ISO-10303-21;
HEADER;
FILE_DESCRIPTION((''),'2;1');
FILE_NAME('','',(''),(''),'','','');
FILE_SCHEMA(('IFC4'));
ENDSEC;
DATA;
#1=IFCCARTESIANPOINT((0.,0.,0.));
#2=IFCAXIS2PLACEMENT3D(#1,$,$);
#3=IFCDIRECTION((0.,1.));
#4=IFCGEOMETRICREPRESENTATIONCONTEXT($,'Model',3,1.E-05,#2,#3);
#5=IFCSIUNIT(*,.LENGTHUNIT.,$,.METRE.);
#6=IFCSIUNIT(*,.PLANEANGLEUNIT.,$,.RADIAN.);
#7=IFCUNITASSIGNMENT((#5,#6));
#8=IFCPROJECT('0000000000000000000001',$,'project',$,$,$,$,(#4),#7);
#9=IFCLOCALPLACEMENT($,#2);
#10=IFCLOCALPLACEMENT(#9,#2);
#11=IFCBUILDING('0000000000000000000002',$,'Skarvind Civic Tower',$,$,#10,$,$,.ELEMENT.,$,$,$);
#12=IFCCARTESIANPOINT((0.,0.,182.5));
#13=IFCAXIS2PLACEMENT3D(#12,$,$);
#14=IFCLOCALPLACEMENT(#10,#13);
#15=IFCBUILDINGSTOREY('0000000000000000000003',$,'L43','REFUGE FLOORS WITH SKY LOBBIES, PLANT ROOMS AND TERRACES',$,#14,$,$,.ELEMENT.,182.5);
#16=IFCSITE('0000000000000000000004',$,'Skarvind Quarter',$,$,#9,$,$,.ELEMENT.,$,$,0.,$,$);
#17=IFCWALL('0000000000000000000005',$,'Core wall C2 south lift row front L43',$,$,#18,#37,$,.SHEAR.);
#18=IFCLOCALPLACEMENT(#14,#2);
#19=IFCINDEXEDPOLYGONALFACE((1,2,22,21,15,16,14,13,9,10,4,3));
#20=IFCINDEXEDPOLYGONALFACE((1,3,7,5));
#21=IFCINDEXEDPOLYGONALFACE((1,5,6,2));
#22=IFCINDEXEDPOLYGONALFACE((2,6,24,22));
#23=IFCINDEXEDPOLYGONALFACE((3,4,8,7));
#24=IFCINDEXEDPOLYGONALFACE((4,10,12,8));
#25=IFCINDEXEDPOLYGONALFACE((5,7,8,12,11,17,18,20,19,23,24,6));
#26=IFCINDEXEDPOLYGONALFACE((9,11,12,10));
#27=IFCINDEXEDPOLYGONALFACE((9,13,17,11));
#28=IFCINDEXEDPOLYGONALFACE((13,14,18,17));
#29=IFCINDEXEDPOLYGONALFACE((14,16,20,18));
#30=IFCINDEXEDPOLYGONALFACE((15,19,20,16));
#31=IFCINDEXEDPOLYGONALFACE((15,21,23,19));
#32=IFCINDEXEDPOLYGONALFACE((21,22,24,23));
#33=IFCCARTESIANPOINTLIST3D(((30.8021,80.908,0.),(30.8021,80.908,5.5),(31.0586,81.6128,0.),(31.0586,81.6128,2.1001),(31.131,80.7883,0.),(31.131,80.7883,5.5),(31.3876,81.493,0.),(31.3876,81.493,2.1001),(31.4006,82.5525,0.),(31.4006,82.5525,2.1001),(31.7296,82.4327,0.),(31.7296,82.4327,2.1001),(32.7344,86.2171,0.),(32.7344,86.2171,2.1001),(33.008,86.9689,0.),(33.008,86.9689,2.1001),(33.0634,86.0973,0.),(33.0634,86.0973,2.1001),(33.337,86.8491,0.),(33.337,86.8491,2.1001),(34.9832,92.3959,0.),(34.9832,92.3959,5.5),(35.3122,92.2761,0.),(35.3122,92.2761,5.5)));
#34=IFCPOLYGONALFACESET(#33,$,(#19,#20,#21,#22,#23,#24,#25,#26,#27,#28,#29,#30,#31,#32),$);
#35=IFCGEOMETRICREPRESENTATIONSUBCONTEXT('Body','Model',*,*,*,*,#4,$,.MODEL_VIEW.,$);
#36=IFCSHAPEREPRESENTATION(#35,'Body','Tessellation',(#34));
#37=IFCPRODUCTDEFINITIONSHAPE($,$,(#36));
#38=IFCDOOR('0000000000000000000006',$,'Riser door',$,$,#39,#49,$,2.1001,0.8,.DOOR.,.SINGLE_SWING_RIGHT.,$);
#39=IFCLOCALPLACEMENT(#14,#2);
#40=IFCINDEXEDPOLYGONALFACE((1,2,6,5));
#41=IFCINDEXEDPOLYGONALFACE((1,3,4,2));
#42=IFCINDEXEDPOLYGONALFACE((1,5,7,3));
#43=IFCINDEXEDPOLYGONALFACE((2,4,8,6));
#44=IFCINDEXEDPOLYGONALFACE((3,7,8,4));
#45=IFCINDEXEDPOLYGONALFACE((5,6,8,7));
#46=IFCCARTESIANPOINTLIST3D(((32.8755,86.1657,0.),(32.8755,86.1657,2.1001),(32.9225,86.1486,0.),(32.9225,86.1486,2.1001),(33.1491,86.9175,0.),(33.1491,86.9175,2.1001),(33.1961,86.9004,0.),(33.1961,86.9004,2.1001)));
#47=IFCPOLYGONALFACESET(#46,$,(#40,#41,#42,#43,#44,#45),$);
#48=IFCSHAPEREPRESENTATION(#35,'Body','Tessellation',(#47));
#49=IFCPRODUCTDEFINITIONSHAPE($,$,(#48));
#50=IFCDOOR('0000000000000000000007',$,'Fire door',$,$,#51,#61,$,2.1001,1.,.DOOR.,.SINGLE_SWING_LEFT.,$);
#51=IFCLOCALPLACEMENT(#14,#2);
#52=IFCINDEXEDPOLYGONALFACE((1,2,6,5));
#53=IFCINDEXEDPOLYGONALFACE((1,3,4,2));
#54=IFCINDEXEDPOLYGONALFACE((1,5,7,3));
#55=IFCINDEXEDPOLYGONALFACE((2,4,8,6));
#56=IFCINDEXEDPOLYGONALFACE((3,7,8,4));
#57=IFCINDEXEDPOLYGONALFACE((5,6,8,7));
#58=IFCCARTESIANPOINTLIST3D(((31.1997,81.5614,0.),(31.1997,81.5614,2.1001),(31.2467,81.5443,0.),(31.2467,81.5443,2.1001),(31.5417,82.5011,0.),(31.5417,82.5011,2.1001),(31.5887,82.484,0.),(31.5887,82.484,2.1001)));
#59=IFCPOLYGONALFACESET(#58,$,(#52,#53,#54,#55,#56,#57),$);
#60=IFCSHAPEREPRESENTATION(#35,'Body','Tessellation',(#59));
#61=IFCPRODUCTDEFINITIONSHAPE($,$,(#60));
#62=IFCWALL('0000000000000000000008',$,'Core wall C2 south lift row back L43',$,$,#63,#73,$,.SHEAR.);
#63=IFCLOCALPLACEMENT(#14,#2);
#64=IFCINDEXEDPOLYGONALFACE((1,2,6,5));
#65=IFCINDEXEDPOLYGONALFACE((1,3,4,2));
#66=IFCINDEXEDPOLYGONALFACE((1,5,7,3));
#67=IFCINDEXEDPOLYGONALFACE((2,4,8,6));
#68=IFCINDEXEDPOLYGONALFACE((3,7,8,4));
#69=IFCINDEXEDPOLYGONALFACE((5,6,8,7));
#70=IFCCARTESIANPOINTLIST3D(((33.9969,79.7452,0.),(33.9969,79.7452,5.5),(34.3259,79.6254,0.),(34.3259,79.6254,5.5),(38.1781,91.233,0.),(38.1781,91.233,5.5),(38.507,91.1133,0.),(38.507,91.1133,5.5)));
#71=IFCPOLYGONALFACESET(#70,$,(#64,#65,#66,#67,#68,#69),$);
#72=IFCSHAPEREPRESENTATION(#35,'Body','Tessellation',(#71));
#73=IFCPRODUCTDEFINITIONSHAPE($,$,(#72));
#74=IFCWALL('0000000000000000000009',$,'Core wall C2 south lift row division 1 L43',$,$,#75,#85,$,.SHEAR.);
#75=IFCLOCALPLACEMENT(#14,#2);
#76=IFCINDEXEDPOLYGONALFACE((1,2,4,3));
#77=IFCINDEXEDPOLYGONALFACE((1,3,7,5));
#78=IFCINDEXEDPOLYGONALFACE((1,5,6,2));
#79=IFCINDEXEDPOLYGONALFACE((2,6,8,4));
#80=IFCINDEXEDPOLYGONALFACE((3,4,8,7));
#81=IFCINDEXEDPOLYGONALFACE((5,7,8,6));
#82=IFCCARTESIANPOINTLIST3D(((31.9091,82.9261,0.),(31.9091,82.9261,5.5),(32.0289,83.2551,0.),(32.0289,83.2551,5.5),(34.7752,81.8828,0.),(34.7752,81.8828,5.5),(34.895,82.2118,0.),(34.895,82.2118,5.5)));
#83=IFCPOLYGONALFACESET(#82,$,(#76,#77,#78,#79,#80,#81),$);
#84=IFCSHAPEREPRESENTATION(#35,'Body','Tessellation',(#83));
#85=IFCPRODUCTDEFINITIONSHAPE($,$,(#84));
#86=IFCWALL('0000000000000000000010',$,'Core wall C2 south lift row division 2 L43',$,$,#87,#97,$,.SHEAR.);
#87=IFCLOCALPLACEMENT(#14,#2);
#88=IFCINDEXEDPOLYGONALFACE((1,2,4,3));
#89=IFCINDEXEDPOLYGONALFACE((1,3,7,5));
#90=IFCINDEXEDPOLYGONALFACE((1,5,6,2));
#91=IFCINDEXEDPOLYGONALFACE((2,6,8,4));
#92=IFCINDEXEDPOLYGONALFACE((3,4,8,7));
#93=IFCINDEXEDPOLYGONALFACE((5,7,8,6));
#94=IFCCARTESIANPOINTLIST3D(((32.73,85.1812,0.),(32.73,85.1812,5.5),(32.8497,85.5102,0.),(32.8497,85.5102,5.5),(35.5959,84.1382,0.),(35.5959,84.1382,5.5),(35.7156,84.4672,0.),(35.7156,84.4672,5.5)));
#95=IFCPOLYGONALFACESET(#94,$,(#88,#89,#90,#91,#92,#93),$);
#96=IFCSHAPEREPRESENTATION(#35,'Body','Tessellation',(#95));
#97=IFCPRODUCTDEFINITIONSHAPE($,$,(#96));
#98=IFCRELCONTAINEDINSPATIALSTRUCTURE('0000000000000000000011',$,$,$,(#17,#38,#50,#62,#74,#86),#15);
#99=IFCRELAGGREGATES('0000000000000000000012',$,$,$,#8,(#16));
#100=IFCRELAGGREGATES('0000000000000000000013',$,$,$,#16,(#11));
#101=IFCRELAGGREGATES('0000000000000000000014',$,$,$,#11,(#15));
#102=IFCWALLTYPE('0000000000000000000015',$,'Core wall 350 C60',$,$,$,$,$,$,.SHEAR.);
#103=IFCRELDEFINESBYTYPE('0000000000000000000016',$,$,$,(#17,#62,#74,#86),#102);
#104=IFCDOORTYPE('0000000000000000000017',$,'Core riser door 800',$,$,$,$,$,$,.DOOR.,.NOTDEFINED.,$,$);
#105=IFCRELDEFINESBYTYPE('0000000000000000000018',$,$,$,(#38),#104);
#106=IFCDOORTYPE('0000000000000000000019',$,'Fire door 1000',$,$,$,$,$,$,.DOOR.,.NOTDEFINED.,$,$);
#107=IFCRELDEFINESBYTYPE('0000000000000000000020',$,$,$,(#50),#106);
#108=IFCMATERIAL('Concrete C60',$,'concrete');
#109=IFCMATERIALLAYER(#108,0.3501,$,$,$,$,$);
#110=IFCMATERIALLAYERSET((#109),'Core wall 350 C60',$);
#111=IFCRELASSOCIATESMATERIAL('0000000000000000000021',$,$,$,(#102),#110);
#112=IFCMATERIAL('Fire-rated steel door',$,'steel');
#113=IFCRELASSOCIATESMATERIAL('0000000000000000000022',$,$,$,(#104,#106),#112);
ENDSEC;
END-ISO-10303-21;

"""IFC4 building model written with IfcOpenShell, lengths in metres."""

from ifc_helpers import new_model, si_unit, direction, frame, frame_2d, origin, place, context, subcontext, project, spatial, rectangle, extrude, material, layer, layer_set, type_object, element, fill, save


model = new_model("IFC4")

# Units and contexts
model_context = context("Model", 3, precision=1e-05, world=origin(), true_north=direction((0.0, 1.0)))
body_context = subcontext(model_context, "Body", "Model", "MODEL_VIEW")
ifc_project = project(units=[si_unit("LENGTHUNIT", "METRE"), si_unit("PLANEANGLEUNIT", "RADIAN")], contexts=[model_context])

# Site, building, storey
site_placement = place(None, origin())
site = spatial("IfcSite", under=ifc_project, at=site_placement, Name="Skarvind Quarter", CompositionType="ELEMENT", RefElevation=0.0)
building_placement = place(site_placement, origin())
building = spatial("IfcBuilding", under=site, at=building_placement, Name="Skarvind Civic Tower", CompositionType="ELEMENT")
storey_placement = place(building_placement, frame((0.0, 0.0, 182.5)))
storey = spatial("IfcBuildingStorey", under=building, at=storey_placement, Name="L43", Description="REFUGE FLOORS WITH SKY LOBBIES, PLANT ROOMS AND TERRACES", CompositionType="ELEMENT", Elevation=182.5)

# Wall, openings, doors
ifc_material_1 = material(Name="Concrete C60", Category="concrete")
ifc_layer_1 = layer(ifc_material_1, 0.3501)
ifc_layer_set_1 = layer_set([ifc_layer_1], Name="Core wall 350 C60")
wall_type_1 = type_object("IfcWallType", Name="Core wall 350 C60", PredefinedType="SHEAR", material=ifc_layer_set_1)
wall_1_placement = place(storey_placement, frame((30.9666, 80.8481, 0.0), z_axis=(0.0, 0.0, 1.0), x_axis=(0.342016, 0.939694, 0.0)))
wall_1 = element("IfcWall", 1, at=wall_1_placement, inside=storey, type_object=wall_type_1, Name="Core wall C2 south lift row front L43", PredefinedType="SHEAR", context=body_context, shape_type="SweptSolid", body=[
    extrude(rectangle(XDim=12.2251, YDim=0.3501, at=frame_2d((6.1125, 0.0))), origin(), (0.0, 0.0, 1.0), 5.5),
])
opening_1_placement = place(wall_1_placement, frame((0.75, 0.0, 0.0)))
opening_1 = element("IfcOpeningElement", 2, at=opening_1_placement, cuts=wall_1, PredefinedType="OPENING", context=body_context, shape_type="SweptSolid", body=[
    extrude(rectangle(XDim=1.0, YDim=2.1001, at=frame_2d((0.5, 1.05))), frame((0.0, 0.1851, 0.0), z_axis=(0.0, -1.0, 0.0), x_axis=(1.0, 0.0, 0.0)), (0.0, 0.0, 1.0), 0.3701),
])
opening_2_placement = place(wall_1_placement, frame((5.6499, 0.0, 0.0)))
opening_2 = element("IfcOpeningElement", 3, at=opening_2_placement, cuts=wall_1, PredefinedType="OPENING", context=body_context, shape_type="SweptSolid", body=[
    extrude(rectangle(XDim=0.8, YDim=2.1001, at=frame_2d((0.3999, 1.05))), frame((0.0, 0.1851, 0.0), z_axis=(0.0, -1.0, 0.0), x_axis=(1.0, 0.0, 0.0)), (0.0, 0.0, 1.0), 0.3701),
])
ifc_material_2 = material(Name="Fire-rated steel door", Category="steel")
door_type_1 = type_object("IfcDoorType", Name="Core riser door 800", OperationType="NOTDEFINED", PredefinedType="DOOR", material=ifc_material_2)
door_1_placement = place(opening_2_placement, origin())
door_1 = element("IfcDoor", 4, at=door_1_placement, inside=storey, type_object=door_type_1, Name="Riser door", OperationType="SINGLE_SWING_RIGHT", OverallHeight=2.1001, OverallWidth=0.8, PredefinedType="DOOR", context=body_context, shape_type="SweptSolid", body=[
    extrude(rectangle(XDim=0.8, YDim=2.1001, at=frame_2d((0.3999, 1.05))), frame((0.0, 0.0249, 0.0), z_axis=(0.0, -1.0, 0.0), x_axis=(1.0, 0.0, 0.0)), (0.0, 0.0, 1.0), 0.05),
])
fill(opening_2, door_1)
door_type_2 = type_object("IfcDoorType", Name="Fire door 1000", OperationType="NOTDEFINED", PredefinedType="DOOR", material=ifc_material_2)
door_2_placement = place(opening_1_placement, origin())
door_2 = element("IfcDoor", 5, at=door_2_placement, inside=storey, type_object=door_type_2, Name="Fire door", OperationType="SINGLE_SWING_LEFT", OverallHeight=2.1001, OverallWidth=1.0, PredefinedType="DOOR", context=body_context, shape_type="SweptSolid", body=[
    extrude(rectangle(XDim=1.0, YDim=2.1001, at=frame_2d((0.5, 1.05))), frame((0.0, 0.0249, 0.0), z_axis=(0.0, -1.0, 0.0), x_axis=(1.0, 0.0, 0.0)), (0.0, 0.0, 1.0), 0.05),
])
fill(opening_1, door_2)

# Walls
wall_2_placement = place(storey_placement, frame((34.1614, 79.6853, 0.0), z_axis=(0.0, 0.0, 1.0), x_axis=(0.342016, 0.939694, 0.0)))
element("IfcWall", 6, at=wall_2_placement, inside=storey, type_object=wall_type_1, Name="Core wall C2 south lift row back L43", PredefinedType="SHEAR", context=body_context, shape_type="SweptSolid", body=[
    extrude(rectangle(XDim=12.2251, YDim=0.3501, at=frame_2d((6.1125, 0.0))), origin(), (0.0, 0.0, 1.0), 5.5),
])
wall_3_placement = place(storey_placement, frame((34.835, 82.0474, 0.0), z_axis=(0.0, 0.0, 1.0), x_axis=(-0.939684, 0.342045, 0.0)))
element("IfcWall", 7, at=wall_3_placement, inside=storey, type_object=wall_type_1, Name="Core wall C2 south lift row division 1 L43", PredefinedType="SHEAR", context=body_context, shape_type="SweptSolid", body=[
    extrude(rectangle(XDim=3.05, YDim=0.3501, at=frame_2d((1.5249, 0.0))), origin(), (0.0, 0.0, 1.0), 5.5),
])
wall_4_placement = place(storey_placement, frame((35.6558, 84.3027, 0.0), z_axis=(0.0, 0.0, 1.0), x_axis=(-0.939709, 0.341974, 0.0)))
element("IfcWall", 8, at=wall_4_placement, inside=storey, type_object=wall_type_1, Name="Core wall C2 south lift row division 2 L43", PredefinedType="SHEAR", context=body_context, shape_type="SweptSolid", body=[
    extrude(rectangle(XDim=3.0498, YDim=0.3501, at=frame_2d((1.5249, 0.0))), origin(), (0.0, 0.0, 1.0), 5.5),
])

save(model, "model.ifc")
